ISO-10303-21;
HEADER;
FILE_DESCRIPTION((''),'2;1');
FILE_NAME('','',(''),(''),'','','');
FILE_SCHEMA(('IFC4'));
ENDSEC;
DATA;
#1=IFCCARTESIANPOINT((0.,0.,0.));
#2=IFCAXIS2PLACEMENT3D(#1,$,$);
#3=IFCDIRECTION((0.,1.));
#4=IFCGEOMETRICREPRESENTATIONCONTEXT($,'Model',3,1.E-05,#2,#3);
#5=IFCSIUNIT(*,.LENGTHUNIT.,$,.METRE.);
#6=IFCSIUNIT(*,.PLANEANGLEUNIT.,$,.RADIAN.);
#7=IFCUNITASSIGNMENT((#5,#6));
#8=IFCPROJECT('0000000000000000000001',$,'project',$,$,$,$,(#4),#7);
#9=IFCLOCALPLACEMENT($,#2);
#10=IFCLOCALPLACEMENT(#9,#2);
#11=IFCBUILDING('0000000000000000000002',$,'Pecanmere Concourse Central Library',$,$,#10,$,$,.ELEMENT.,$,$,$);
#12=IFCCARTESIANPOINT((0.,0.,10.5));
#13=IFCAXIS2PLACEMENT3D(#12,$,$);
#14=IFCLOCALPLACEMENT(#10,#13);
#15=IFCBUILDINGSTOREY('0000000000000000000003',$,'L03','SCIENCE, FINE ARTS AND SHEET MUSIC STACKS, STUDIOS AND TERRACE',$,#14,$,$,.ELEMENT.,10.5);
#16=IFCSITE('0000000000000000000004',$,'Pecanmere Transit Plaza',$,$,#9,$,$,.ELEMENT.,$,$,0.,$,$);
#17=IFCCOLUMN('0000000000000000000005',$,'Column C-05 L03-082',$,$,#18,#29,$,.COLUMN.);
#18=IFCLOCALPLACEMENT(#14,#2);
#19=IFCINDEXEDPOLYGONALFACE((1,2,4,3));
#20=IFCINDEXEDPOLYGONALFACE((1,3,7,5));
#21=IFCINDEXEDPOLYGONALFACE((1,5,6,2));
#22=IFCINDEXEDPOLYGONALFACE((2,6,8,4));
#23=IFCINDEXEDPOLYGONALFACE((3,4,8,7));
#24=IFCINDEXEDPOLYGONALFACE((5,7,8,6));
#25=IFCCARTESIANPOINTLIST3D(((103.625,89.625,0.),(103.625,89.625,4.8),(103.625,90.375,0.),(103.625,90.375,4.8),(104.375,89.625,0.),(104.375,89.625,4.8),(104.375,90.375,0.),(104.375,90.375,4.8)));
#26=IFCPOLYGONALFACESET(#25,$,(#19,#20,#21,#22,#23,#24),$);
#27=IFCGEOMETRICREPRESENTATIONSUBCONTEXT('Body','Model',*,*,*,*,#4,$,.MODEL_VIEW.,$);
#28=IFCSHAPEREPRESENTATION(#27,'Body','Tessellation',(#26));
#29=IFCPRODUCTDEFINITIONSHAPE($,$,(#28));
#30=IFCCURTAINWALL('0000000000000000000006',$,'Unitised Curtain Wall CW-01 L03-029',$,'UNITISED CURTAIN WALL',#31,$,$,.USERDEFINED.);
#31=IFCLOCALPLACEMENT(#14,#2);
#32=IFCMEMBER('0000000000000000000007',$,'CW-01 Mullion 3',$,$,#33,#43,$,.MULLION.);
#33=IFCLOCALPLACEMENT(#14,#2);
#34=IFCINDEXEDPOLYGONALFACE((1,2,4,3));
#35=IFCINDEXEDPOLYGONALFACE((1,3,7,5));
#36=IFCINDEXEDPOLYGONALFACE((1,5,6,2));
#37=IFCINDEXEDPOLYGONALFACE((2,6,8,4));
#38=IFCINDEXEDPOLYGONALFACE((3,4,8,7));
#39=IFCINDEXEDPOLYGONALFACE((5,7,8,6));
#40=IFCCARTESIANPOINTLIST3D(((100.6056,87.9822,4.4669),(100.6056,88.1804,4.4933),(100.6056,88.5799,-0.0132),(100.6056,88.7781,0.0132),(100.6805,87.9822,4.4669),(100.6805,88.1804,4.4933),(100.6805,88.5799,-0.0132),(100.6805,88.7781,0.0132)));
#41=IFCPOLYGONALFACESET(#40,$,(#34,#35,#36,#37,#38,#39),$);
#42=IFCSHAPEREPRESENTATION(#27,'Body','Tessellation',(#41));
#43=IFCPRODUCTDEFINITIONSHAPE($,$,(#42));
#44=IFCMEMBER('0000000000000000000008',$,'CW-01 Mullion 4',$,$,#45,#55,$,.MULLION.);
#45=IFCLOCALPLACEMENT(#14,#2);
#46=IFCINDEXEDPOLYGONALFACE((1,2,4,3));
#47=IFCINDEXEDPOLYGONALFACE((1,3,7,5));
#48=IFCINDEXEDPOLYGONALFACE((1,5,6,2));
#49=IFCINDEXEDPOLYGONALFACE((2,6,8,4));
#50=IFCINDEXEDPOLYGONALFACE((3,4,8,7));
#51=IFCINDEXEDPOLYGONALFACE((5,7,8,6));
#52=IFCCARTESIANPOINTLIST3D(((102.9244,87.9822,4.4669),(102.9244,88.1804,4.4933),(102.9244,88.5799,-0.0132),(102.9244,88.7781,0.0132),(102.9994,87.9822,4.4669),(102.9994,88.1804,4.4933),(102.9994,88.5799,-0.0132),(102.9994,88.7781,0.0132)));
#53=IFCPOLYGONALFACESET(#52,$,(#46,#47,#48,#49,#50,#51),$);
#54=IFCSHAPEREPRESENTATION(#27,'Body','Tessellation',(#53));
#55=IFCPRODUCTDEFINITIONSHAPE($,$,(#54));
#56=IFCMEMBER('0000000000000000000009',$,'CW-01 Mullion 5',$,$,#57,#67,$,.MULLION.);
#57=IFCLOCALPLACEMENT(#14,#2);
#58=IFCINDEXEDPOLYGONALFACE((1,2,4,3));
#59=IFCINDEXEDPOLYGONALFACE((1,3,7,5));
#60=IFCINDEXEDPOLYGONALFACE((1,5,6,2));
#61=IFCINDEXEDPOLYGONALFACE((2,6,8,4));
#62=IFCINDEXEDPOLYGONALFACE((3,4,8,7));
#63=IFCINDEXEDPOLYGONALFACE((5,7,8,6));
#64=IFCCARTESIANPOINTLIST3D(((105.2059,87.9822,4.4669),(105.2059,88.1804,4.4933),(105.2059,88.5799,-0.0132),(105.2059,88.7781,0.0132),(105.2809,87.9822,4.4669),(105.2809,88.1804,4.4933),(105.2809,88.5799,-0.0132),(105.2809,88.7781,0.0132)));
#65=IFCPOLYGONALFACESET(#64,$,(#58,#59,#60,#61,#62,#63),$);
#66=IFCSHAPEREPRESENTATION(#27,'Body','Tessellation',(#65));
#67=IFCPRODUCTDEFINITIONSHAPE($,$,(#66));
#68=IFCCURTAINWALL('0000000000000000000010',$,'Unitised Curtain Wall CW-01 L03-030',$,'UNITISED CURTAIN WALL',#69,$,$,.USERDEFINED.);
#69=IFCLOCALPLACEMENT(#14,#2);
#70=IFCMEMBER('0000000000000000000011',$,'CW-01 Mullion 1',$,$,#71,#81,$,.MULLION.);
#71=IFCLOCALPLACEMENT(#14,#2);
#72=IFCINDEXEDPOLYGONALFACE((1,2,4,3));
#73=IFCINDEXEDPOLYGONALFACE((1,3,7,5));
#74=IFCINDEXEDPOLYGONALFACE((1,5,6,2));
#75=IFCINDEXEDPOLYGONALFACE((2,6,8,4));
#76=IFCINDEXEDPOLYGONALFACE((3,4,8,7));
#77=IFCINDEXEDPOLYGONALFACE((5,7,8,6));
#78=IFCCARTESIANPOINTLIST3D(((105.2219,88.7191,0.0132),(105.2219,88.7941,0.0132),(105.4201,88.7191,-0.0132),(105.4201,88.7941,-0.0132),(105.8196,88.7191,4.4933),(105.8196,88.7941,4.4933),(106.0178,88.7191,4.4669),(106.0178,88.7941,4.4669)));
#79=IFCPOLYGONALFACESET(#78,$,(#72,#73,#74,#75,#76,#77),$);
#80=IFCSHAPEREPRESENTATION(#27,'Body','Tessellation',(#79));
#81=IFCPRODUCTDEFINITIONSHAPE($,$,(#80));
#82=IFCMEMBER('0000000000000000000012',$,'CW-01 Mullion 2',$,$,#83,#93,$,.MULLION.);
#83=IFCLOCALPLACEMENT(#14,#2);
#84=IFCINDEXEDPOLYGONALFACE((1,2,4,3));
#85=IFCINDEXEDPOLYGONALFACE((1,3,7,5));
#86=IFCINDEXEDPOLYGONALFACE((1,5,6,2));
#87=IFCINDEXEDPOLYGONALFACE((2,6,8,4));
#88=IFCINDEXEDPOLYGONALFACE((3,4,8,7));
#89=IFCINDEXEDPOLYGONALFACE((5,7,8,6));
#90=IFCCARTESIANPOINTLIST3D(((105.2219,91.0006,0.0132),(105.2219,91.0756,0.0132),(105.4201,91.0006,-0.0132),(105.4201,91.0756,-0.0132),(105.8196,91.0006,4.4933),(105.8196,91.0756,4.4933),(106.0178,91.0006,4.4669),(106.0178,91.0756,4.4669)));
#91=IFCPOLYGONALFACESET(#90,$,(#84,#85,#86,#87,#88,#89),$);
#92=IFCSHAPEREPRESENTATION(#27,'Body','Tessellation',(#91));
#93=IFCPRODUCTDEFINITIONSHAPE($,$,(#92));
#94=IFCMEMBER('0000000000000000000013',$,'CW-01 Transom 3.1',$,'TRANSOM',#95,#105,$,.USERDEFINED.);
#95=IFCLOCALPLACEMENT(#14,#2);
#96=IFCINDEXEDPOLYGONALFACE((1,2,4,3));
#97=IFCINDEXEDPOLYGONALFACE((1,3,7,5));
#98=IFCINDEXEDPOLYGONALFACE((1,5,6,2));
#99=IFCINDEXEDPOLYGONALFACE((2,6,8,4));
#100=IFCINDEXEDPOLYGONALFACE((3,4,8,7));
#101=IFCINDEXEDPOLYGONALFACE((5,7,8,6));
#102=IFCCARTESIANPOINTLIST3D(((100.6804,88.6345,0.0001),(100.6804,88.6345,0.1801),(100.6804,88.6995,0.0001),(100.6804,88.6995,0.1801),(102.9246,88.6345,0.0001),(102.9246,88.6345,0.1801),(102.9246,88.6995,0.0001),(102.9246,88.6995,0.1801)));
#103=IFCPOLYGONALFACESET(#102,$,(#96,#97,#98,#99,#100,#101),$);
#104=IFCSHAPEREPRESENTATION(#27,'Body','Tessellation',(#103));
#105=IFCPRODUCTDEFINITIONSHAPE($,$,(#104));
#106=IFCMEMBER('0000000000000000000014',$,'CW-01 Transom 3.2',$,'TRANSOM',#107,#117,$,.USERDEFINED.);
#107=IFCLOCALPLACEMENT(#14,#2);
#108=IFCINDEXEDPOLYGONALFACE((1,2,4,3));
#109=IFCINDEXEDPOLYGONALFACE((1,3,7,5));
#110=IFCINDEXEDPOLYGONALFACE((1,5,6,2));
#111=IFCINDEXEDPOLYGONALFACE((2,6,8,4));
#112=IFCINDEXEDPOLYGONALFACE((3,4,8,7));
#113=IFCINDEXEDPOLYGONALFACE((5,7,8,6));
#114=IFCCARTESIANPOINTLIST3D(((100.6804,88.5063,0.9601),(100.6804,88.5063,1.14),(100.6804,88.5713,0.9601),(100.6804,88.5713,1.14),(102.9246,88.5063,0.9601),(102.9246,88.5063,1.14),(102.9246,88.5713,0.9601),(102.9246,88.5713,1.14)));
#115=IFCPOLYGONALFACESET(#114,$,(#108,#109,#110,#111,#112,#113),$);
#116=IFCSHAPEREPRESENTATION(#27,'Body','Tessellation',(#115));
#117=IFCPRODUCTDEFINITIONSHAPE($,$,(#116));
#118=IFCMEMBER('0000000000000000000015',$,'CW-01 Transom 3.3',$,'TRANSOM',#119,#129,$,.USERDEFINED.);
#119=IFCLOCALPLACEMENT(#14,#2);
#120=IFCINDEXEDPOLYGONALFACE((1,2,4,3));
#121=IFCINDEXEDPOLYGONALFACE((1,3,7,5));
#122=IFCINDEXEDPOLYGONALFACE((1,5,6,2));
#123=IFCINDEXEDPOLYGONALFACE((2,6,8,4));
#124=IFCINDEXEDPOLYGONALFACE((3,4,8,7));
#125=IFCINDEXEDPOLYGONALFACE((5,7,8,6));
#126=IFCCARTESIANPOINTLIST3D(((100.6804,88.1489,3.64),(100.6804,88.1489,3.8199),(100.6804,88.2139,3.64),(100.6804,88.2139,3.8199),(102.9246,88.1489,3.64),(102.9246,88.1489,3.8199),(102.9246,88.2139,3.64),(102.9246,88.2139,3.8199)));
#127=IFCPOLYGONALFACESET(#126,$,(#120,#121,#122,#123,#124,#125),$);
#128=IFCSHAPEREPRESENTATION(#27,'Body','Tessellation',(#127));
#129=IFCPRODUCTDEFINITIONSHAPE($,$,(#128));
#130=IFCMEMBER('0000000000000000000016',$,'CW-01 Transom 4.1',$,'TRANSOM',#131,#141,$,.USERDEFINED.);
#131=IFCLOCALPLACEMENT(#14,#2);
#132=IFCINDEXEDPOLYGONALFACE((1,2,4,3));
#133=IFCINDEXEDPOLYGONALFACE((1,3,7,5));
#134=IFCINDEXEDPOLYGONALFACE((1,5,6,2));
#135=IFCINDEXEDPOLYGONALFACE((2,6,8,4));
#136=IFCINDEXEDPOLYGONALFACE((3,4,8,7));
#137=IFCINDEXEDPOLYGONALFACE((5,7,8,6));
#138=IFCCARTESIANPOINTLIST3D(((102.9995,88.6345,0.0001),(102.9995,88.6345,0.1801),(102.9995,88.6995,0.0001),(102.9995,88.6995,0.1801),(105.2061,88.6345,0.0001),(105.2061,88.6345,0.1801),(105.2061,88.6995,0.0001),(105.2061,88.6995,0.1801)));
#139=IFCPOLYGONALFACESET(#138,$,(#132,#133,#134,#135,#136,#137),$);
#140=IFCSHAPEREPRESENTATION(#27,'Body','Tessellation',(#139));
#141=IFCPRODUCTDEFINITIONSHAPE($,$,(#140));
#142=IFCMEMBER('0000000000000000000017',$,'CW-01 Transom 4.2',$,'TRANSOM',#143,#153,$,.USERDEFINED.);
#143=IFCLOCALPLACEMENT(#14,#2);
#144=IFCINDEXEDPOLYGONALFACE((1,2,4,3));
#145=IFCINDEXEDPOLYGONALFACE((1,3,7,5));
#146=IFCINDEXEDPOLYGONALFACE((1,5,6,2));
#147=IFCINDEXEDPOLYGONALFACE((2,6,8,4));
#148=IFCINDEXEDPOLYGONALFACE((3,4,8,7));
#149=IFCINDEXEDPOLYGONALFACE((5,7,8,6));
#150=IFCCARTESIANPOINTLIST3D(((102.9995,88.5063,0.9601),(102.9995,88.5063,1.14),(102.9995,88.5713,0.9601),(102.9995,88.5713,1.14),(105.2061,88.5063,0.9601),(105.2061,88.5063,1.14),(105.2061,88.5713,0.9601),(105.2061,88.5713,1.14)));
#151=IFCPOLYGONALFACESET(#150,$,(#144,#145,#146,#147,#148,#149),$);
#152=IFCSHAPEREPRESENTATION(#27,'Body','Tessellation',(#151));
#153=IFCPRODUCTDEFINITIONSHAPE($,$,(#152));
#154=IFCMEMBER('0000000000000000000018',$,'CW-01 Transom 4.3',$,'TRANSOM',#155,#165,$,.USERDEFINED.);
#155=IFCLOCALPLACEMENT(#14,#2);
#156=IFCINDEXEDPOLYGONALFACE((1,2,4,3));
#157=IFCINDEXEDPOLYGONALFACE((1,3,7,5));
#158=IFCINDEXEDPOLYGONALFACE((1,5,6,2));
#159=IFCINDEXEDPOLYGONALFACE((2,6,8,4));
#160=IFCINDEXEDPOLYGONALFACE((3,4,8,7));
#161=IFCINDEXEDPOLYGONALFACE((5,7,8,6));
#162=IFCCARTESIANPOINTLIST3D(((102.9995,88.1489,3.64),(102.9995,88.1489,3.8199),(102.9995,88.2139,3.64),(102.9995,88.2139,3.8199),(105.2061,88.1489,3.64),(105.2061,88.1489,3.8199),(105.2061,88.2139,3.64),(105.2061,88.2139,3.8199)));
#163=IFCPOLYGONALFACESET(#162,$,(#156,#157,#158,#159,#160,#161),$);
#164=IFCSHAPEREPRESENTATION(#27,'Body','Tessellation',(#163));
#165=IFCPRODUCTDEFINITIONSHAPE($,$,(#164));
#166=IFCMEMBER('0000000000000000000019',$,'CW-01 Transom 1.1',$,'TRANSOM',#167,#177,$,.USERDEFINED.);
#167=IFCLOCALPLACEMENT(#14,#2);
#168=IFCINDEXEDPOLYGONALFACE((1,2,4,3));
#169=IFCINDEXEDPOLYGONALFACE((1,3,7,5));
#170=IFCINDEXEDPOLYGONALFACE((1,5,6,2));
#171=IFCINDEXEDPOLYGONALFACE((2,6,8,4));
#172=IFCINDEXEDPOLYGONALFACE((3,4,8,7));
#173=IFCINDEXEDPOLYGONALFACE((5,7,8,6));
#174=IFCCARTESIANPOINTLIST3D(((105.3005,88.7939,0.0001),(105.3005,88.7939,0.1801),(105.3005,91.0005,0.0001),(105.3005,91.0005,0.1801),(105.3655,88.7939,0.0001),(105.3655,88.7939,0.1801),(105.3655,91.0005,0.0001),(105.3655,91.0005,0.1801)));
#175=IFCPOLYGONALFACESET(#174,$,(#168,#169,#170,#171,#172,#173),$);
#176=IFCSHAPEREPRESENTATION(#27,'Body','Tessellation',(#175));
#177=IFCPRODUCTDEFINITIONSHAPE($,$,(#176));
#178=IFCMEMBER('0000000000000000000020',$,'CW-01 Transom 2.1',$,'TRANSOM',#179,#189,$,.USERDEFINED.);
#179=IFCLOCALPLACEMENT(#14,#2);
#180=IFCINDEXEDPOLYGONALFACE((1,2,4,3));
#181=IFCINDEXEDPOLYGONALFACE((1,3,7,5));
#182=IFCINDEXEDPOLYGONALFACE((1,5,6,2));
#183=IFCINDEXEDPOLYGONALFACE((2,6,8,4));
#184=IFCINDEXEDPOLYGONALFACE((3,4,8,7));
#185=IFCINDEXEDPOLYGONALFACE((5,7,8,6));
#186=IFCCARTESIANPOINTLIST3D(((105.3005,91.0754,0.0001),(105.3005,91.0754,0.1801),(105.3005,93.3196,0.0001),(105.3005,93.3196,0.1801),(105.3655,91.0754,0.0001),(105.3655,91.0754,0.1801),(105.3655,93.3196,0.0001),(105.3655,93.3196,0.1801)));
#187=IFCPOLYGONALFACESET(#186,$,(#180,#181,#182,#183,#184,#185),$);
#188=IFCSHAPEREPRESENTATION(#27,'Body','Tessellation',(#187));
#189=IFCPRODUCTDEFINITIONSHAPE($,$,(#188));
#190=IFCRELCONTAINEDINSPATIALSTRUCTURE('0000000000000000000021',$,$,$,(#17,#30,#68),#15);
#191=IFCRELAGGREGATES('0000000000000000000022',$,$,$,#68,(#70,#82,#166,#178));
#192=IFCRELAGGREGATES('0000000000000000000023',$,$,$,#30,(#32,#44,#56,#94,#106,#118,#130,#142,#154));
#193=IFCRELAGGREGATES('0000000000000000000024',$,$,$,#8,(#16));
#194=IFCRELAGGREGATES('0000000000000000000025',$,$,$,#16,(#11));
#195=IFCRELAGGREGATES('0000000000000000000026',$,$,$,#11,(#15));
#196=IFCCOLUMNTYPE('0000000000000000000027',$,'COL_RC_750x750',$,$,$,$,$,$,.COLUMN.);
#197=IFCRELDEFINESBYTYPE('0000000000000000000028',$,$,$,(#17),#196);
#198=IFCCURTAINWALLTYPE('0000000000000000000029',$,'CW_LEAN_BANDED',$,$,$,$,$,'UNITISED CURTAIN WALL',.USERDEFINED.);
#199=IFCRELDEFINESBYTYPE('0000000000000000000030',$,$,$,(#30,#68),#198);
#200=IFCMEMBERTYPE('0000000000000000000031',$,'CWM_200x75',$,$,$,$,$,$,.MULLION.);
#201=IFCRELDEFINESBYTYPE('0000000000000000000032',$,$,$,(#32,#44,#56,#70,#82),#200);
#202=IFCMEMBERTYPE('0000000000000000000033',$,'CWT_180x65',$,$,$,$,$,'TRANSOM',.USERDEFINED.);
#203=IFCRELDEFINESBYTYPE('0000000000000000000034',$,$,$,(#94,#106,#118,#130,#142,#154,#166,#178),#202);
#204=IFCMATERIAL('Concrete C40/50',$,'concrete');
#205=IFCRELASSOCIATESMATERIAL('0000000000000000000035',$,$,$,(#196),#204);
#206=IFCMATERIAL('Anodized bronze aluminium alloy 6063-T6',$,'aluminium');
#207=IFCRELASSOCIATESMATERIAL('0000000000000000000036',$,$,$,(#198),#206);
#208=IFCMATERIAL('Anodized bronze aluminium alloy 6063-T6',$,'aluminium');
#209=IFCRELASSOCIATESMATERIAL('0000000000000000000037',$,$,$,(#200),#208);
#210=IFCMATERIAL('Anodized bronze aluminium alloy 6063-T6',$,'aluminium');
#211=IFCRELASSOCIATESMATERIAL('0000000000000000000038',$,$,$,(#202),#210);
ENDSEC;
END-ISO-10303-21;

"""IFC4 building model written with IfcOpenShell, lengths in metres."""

from ifc_helpers import new_model, si_unit, direction, frame, origin, origin_2d, place, context, subcontext, project, spatial, rectangle, extrude, material, material_profile, profile_set, type_object, element, aggregate, save


model = new_model("IFC4")

# Units and contexts
model_context = context("Model", 3, precision=1e-05, world=origin(), true_north=direction((0.0, 1.0)))
body_context = subcontext(model_context, "Body", "Model", "MODEL_VIEW")
ifc_project = project(units=[si_unit("LENGTHUNIT", "METRE"), si_unit("PLANEANGLEUNIT", "RADIAN")], contexts=[model_context])

# Site, building, storey
site_placement = place(None, origin())
site = spatial("IfcSite", under=ifc_project, at=site_placement, Name="Pecanmere Transit Plaza", CompositionType="ELEMENT", RefElevation=0.0)
building_placement = place(site_placement, origin())
building = spatial("IfcBuilding", under=site, at=building_placement, Name="Pecanmere Concourse Central Library", CompositionType="ELEMENT")
storey_placement = place(building_placement, frame((0.0, 0.0, 10.5)))
storey = spatial("IfcBuildingStorey", under=building, at=storey_placement, Name="L03", Description="SCIENCE, FINE ARTS AND SHEET MUSIC STACKS, STUDIOS AND TERRACE", CompositionType="ELEMENT", Elevation=10.5)

# Column
ifc_material_1 = material(Name="Concrete C40/50", Category="concrete")
ifc_material_profile_1 = material_profile(ifc_material_1, rectangle(XDim=0.75, YDim=0.75, at=origin_2d()), Name="RC 750x750")
ifc_profile_set_1 = profile_set([ifc_material_profile_1], Name="Concrete C40/50")
column_type = type_object("IfcColumnType", Name="COL_RC_750x750", PredefinedType="COLUMN", material=ifc_profile_set_1)
column_placement = place(storey_placement, frame((104.0, 90.0, 0.0), z_axis=(0.0, 0.0, 1.0), x_axis=(1.0, 0.0, 0.0)))
element("IfcColumn", 1, at=column_placement, inside=storey, type_object=column_type, Name="Column C-05 L03-082", PredefinedType="COLUMN", context=body_context, shape_type="SweptSolid", body=[
    extrude(rectangle(XDim=0.75, YDim=0.75, at=origin_2d()), origin(), (0.0, 0.0, 1.0), 4.8),
])

# Curtain walls, members
ifc_material_2 = material(Name="Anodized bronze aluminium alloy 6063-T6", Category="aluminium")
curtain_wall_type = type_object("IfcCurtainWallType", Name="CW_LEAN_BANDED", ElementType="UNITISED CURTAIN WALL", PredefinedType="USERDEFINED", material=ifc_material_2)
curtain_wall_1_placement = place(storey_placement, origin())
curtain_wall_1 = element("IfcCurtainWall", 2, at=curtain_wall_1_placement, inside=storey, type_object=curtain_wall_type, Name="Unitised Curtain Wall CW-01 L03-029", ObjectType="UNITISED CURTAIN WALL", PredefinedType="USERDEFINED")
ifc_material_3 = material(Name="Anodized bronze aluminium alloy 6063-T6", Category="aluminium")
ifc_material_profile_2 = material_profile(ifc_material_3, rectangle(XDim=0.075, YDim=0.2, at=origin_2d()), Name="AL 75x200")
ifc_profile_set_2 = profile_set([ifc_material_profile_2], Name="Anodized bronze aluminium alloy 6063-T6")
member_type_1 = type_object("IfcMemberType", Name="CWM_200x75", PredefinedType="MULLION", material=ifc_profile_set_2)
member_1_placement = place(storey_placement, frame((100.6431, 88.679, 0.0), z_axis=(0.0, -0.132234, 0.991218), x_axis=(1.0, 0.0, 0.0)))
member_1 = element("IfcMember", 3, at=member_1_placement, type_object=member_type_1, Name="CW-01 Mullion 3", PredefinedType="MULLION", context=body_context, shape_type="SweptSolid", body=[
    extrude(rectangle(XDim=0.075, YDim=0.2, at=origin_2d()), origin(), (0.0, 0.0, 1.0), 4.5198),
])
member_2_placement = place(storey_placement, frame((102.9619, 88.679, 0.0), z_axis=(0.0, -0.132234, 0.991218), x_axis=(1.0, 0.0, 0.0)))
member_2 = element("IfcMember", 4, at=member_2_placement, type_object=member_type_1, Name="CW-01 Mullion 4", PredefinedType="MULLION", context=body_context, shape_type="SweptSolid", body=[
    extrude(rectangle(XDim=0.075, YDim=0.2, at=origin_2d()), origin(), (0.0, 0.0, 1.0), 4.5198),
])
member_3_placement = place(storey_placement, frame((105.2434, 88.679, 0.0), z_axis=(0.0, -0.132234, 0.991218), x_axis=(1.0, 0.0, 0.0)))
member_3 = element("IfcMember", 5, at=member_3_placement, type_object=member_type_1, Name="CW-01 Mullion 5", PredefinedType="MULLION", context=body_context, shape_type="SweptSolid", body=[
    extrude(rectangle(XDim=0.075, YDim=0.2, at=origin_2d()), origin(), (0.0, 0.0, 1.0), 4.5198),
])
curtain_wall_2_placement = place(storey_placement, origin())
curtain_wall_2 = element("IfcCurtainWall", 6, at=curtain_wall_2_placement, inside=storey, type_object=curtain_wall_type, Name="Unitised Curtain Wall CW-01 L03-030", ObjectType="UNITISED CURTAIN WALL", PredefinedType="USERDEFINED")
member_4_placement = place(storey_placement, frame((105.321, 88.7566, 0.0), z_axis=(0.132234, 0.0, 0.991218), x_axis=(0.0, 1.0, 0.0)))
member_4 = element("IfcMember", 7, at=member_4_placement, type_object=member_type_1, Name="CW-01 Mullion 1", PredefinedType="MULLION", context=body_context, shape_type="SweptSolid", body=[
    extrude(rectangle(XDim=0.075, YDim=0.2, at=origin_2d()), origin(), (0.0, 0.0, 1.0), 4.5198),
])
member_5_placement = place(storey_placement, frame((105.321, 91.0381, 0.0), z_axis=(0.132234, 0.0, 0.991218), x_axis=(0.0, 1.0, 0.0)))
member_5 = element("IfcMember", 8, at=member_5_placement, type_object=member_type_1, Name="CW-01 Mullion 2", PredefinedType="MULLION", context=body_context, shape_type="SweptSolid", body=[
    extrude(rectangle(XDim=0.075, YDim=0.2, at=origin_2d()), origin(), (0.0, 0.0, 1.0), 4.5198),
])

# Members
ifc_material_4 = material(Name="Anodized bronze aluminium alloy 6063-T6", Category="aluminium")
ifc_material_profile_3 = material_profile(ifc_material_4, rectangle(XDim=0.0649, YDim=0.1799, at=origin_2d()), Name="AL 65x180")
ifc_profile_set_3 = profile_set([ifc_material_profile_3], Name="Anodized bronze aluminium alloy 6063-T6")
member_type_2 = type_object("IfcMemberType", Name="CWT_180x65", ElementType="TRANSOM", PredefinedType="USERDEFINED", material=ifc_profile_set_3)
member_6_placement = place(storey_placement, frame((100.6804, 88.667, 0.0901), z_axis=(1.0, 0.0, 0.0), x_axis=(0.0, 1.0, 0.0)))
member_6 = element("IfcMember", 9, at=member_6_placement, type_object=member_type_2, Name="CW-01 Transom 3.1", ObjectType="TRANSOM", PredefinedType="USERDEFINED", context=body_context, shape_type="SweptSolid", body=[
    extrude(rectangle(XDim=0.0649, YDim=0.1799, at=origin_2d()), origin(), (0.0, 0.0, 1.0), 2.2441),
])
member_7_placement = place(storey_placement, frame((100.6804, 88.5388, 1.05), z_axis=(1.0, 0.0, 0.0), x_axis=(0.0, 1.0, 0.0)))
member_7 = element("IfcMember", 10, at=member_7_placement, type_object=member_type_2, Name="CW-01 Transom 3.2", ObjectType="TRANSOM", PredefinedType="USERDEFINED", context=body_context, shape_type="SweptSolid", body=[
    extrude(rectangle(XDim=0.0649, YDim=0.1799, at=origin_2d()), origin(), (0.0, 0.0, 1.0), 2.2441),
])
member_8_placement = place(storey_placement, frame((100.6804, 88.1814, 3.73), z_axis=(1.0, 0.0, 0.0), x_axis=(0.0, 1.0, 0.0)))
member_8 = element("IfcMember", 11, at=member_8_placement, type_object=member_type_2, Name="CW-01 Transom 3.3", ObjectType="TRANSOM", PredefinedType="USERDEFINED", context=body_context, shape_type="SweptSolid", body=[
    extrude(rectangle(XDim=0.0649, YDim=0.1799, at=origin_2d()), origin(), (0.0, 0.0, 1.0), 2.2441),
])
member_9_placement = place(storey_placement, frame((102.9995, 88.667, 0.0901), z_axis=(1.0, 0.0, 0.0), x_axis=(0.0, 1.0, 0.0)))
member_9 = element("IfcMember", 12, at=member_9_placement, type_object=member_type_2, Name="CW-01 Transom 4.1", ObjectType="TRANSOM", PredefinedType="USERDEFINED", context=body_context, shape_type="SweptSolid", body=[
    extrude(rectangle(XDim=0.0649, YDim=0.1799, at=origin_2d()), origin(), (0.0, 0.0, 1.0), 2.2065),
])
member_10_placement = place(storey_placement, frame((102.9995, 88.5388, 1.05), z_axis=(1.0, 0.0, 0.0), x_axis=(0.0, 1.0, 0.0)))
member_10 = element("IfcMember", 13, at=member_10_placement, type_object=member_type_2, Name="CW-01 Transom 4.2", ObjectType="TRANSOM", PredefinedType="USERDEFINED", context=body_context, shape_type="SweptSolid", body=[
    extrude(rectangle(XDim=0.0649, YDim=0.1799, at=origin_2d()), origin(), (0.0, 0.0, 1.0), 2.2065),
])
member_11_placement = place(storey_placement, frame((102.9995, 88.1814, 3.73), z_axis=(1.0, 0.0, 0.0), x_axis=(0.0, 1.0, 0.0)))
member_11 = element("IfcMember", 14, at=member_11_placement, type_object=member_type_2, Name="CW-01 Transom 4.3", ObjectType="TRANSOM", PredefinedType="USERDEFINED", context=body_context, shape_type="SweptSolid", body=[
    extrude(rectangle(XDim=0.0649, YDim=0.1799, at=origin_2d()), origin(), (0.0, 0.0, 1.0), 2.2065),
])
member_12_placement = place(storey_placement, frame((105.333, 88.7939, 0.0901), z_axis=(0.0, 1.0, 0.0), x_axis=(-1.0, 0.0, 0.0)))
member_12 = element("IfcMember", 15, at=member_12_placement, type_object=member_type_2, Name="CW-01 Transom 1.1", ObjectType="TRANSOM", PredefinedType="USERDEFINED", context=body_context, shape_type="SweptSolid", body=[
    extrude(rectangle(XDim=0.0649, YDim=0.1799, at=origin_2d()), origin(), (0.0, 0.0, 1.0), 2.2065),
])
member_13_placement = place(storey_placement, frame((105.333, 91.0754, 0.0901), z_axis=(0.0, 1.0, 0.0), x_axis=(-1.0, 0.0, 0.0)))
member_13 = element("IfcMember", 16, at=member_13_placement, type_object=member_type_2, Name="CW-01 Transom 2.1", ObjectType="TRANSOM", PredefinedType="USERDEFINED", context=body_context, shape_type="SweptSolid", body=[
    extrude(rectangle(XDim=0.0649, YDim=0.1799, at=origin_2d()), origin(), (0.0, 0.0, 1.0), 2.2441),
])
aggregate(curtain_wall_2, [member_4, member_5, member_12, member_13])

aggregate(curtain_wall_1, [member_1, member_2, member_3, member_6, member_7, member_8, member_9, member_10, member_11])

save(model, "model.ifc")
